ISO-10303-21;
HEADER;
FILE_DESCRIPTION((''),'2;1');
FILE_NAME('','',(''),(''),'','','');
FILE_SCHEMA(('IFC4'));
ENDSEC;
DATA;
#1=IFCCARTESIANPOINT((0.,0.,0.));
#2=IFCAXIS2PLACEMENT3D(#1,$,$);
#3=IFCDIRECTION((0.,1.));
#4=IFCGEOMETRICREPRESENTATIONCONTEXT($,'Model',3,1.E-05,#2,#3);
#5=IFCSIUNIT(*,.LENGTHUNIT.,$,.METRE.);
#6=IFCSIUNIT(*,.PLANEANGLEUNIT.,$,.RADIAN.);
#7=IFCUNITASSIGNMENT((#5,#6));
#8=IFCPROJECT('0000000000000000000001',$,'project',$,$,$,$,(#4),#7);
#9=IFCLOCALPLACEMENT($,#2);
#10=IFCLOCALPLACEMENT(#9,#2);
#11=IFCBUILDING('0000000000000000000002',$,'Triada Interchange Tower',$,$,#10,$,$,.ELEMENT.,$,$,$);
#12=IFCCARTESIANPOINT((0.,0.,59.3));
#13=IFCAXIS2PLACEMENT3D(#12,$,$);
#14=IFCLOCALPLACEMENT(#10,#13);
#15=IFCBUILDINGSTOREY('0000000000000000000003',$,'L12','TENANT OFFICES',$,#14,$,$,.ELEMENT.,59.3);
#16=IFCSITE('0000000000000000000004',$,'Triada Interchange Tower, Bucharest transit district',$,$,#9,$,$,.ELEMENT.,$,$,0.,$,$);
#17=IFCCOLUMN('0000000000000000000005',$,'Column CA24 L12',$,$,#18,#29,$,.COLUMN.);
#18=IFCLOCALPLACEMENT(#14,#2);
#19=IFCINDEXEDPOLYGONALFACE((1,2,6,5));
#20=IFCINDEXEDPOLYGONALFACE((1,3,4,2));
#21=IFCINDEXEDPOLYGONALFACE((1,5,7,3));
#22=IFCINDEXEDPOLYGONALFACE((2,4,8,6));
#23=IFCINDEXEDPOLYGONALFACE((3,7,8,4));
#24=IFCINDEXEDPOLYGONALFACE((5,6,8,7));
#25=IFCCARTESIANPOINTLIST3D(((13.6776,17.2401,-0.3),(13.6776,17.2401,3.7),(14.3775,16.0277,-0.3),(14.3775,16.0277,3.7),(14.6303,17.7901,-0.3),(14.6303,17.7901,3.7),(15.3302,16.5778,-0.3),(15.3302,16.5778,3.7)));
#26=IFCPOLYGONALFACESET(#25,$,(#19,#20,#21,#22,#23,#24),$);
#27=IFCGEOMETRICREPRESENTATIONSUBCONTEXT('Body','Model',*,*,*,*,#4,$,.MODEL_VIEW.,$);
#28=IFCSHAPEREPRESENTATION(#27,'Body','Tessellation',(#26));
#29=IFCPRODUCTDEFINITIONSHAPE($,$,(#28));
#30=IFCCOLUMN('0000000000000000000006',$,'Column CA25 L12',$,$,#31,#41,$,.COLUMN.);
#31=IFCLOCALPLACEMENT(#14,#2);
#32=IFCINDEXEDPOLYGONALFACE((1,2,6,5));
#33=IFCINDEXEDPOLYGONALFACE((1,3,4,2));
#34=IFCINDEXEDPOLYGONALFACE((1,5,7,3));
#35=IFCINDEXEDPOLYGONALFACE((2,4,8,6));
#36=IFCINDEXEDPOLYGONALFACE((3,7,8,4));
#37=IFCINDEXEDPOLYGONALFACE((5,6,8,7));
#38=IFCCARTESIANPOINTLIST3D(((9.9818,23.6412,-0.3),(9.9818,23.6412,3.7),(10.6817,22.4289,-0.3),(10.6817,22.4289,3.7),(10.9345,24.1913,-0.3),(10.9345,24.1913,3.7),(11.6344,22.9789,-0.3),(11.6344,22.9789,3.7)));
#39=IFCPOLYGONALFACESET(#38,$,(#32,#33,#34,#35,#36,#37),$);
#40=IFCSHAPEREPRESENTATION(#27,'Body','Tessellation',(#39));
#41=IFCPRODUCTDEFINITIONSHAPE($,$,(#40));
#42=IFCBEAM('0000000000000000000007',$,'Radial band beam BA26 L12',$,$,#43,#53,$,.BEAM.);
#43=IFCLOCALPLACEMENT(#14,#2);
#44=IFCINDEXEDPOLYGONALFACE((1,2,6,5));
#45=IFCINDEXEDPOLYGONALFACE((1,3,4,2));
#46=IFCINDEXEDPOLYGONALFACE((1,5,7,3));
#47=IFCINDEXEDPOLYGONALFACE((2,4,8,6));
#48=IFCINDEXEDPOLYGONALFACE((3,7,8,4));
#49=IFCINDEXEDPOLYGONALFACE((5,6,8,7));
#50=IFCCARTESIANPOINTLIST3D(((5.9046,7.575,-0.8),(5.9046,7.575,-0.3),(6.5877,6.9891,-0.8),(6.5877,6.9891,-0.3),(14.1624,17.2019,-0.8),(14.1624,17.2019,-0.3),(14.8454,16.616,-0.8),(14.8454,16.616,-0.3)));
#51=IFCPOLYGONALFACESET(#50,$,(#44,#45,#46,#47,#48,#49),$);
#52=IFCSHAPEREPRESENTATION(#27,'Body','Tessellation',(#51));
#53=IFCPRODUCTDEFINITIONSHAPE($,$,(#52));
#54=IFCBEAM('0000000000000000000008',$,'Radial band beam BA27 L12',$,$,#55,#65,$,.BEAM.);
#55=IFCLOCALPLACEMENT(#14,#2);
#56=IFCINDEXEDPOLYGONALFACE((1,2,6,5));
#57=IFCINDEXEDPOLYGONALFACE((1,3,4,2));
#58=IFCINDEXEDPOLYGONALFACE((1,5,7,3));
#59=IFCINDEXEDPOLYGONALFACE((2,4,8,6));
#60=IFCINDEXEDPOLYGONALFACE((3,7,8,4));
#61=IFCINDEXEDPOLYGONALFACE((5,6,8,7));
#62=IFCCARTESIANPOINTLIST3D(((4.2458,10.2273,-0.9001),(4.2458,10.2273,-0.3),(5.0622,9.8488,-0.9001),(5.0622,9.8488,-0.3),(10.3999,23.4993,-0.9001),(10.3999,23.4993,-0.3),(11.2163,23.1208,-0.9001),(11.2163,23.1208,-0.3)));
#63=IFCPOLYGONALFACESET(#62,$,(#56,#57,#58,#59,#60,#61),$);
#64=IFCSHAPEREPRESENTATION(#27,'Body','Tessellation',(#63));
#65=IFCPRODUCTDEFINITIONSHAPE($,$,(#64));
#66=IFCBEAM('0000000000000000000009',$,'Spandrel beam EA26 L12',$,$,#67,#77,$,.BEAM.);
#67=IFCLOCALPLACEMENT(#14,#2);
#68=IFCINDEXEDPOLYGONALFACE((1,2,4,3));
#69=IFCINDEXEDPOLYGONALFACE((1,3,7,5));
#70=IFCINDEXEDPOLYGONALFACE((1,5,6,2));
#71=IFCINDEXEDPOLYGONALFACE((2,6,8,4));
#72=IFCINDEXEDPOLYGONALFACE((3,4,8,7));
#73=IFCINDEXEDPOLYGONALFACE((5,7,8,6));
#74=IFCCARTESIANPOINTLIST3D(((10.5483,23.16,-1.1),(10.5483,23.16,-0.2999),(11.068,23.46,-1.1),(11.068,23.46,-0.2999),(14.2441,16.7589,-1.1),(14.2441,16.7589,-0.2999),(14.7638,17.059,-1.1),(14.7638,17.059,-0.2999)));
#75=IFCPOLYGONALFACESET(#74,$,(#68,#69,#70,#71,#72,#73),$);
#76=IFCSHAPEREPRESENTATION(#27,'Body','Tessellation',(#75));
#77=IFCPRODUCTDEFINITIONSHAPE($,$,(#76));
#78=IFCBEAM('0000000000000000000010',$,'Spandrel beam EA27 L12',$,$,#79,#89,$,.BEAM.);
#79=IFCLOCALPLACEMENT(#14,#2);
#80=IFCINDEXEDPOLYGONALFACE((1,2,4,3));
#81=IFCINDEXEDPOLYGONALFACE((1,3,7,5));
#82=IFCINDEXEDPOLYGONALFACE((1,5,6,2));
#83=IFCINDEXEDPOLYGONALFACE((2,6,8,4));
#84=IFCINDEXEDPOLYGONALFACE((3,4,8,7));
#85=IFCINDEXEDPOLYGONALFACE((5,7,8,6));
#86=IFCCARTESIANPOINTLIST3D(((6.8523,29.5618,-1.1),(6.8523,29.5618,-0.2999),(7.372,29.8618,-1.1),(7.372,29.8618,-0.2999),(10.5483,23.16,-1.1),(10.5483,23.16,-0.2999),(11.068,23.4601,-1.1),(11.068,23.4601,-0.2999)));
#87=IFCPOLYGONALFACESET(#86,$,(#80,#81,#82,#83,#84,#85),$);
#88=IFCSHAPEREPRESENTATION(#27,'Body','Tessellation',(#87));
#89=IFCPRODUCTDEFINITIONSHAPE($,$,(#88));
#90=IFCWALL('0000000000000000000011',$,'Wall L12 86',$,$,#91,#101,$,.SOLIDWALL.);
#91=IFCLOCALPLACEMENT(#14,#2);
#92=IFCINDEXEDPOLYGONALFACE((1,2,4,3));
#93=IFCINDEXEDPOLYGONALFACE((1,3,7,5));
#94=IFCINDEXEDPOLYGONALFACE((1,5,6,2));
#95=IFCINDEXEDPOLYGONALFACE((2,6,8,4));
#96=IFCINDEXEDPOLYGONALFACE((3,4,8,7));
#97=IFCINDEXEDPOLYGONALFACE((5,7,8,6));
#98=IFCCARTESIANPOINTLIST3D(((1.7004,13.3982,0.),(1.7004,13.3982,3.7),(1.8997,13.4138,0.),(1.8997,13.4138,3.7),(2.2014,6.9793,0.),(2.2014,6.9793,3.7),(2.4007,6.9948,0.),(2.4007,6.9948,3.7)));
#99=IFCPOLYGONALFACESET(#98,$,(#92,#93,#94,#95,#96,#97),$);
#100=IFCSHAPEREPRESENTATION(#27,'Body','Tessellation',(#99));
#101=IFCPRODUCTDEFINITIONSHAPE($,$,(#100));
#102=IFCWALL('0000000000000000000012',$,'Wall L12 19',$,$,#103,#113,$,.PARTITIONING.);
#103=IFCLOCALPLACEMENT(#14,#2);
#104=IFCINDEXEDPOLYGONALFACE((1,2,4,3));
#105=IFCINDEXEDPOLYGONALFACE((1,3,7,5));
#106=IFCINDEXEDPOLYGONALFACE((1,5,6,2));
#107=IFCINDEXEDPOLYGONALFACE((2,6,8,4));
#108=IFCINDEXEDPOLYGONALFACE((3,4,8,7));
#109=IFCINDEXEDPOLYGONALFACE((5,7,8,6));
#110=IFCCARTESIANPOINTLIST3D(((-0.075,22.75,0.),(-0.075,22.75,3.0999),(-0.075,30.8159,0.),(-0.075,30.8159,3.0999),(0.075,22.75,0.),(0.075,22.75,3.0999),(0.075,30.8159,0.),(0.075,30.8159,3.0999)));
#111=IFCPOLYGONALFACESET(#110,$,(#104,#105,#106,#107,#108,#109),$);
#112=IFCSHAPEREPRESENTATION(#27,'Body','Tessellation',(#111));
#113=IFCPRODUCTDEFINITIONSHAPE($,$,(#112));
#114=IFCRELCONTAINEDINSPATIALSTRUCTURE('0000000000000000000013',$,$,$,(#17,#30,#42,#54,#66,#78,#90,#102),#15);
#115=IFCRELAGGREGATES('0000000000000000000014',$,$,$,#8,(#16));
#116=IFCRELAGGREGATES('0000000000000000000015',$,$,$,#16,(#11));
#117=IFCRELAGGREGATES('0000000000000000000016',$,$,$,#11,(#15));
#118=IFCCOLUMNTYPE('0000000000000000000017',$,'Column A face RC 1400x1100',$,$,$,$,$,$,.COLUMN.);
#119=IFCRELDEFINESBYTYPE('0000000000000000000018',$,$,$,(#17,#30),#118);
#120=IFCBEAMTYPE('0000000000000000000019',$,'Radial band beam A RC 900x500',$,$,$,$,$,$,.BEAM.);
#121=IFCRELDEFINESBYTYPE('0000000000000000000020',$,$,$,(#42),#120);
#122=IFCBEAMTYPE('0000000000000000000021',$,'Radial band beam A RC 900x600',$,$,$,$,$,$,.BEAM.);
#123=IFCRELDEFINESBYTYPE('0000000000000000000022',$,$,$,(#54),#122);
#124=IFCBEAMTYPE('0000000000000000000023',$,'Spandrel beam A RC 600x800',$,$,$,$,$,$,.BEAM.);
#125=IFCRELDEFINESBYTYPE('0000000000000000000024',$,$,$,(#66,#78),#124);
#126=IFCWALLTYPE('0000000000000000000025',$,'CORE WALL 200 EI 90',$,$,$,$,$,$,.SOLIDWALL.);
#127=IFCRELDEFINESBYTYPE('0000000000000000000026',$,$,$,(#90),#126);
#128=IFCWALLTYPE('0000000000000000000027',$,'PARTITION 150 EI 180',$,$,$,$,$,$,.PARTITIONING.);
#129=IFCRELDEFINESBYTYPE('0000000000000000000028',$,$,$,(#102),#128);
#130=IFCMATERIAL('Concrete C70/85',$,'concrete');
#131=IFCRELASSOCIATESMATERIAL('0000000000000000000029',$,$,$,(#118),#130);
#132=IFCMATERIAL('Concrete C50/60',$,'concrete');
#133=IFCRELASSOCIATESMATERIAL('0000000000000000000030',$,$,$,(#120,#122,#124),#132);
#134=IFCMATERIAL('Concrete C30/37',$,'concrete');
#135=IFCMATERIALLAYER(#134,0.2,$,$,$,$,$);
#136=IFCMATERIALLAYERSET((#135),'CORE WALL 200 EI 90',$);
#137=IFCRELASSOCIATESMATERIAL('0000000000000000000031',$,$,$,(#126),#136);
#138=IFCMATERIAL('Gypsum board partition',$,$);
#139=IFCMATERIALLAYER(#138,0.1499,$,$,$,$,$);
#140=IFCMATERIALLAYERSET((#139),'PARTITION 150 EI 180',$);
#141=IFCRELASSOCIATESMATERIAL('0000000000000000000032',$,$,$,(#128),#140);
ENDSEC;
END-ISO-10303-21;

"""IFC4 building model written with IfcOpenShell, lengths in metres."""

from ifc_helpers import new_model, si_unit, direction, frame, frame_2d, origin, origin_2d, place, context, subcontext, project, spatial, rectangle, extrude, material, layer, layer_set, material_profile, profile_set, type_object, element, save


model = new_model("IFC4")

# Units and contexts
model_context = context("Model", 3, precision=1e-05, world=origin(), true_north=direction((0.0, 1.0)))
body_context = subcontext(model_context, "Body", "Model", "MODEL_VIEW")
ifc_project = project(units=[si_unit("LENGTHUNIT", "METRE"), si_unit("PLANEANGLEUNIT", "RADIAN")], contexts=[model_context])

# Site, building, storey
site_placement = place(None, origin())
site = spatial("IfcSite", under=ifc_project, at=site_placement, Name="Triada Interchange Tower, Bucharest transit district", CompositionType="ELEMENT", RefElevation=0.0)
building_placement = place(site_placement, origin())
building = spatial("IfcBuilding", under=site, at=building_placement, Name="Triada Interchange Tower", CompositionType="ELEMENT")
storey_placement = place(building_placement, frame((0.0, 0.0, 59.3)))
storey = spatial("IfcBuildingStorey", under=building, at=storey_placement, Name="L12", Description="TENANT OFFICES", CompositionType="ELEMENT", Elevation=59.3)

# Columns
ifc_material_1 = material(Name="Concrete C70/85", Category="concrete")
ifc_material_profile_1 = material_profile(ifc_material_1, rectangle(XDim=1.3999, YDim=1.1001, at=origin_2d()), Name="RC 1400x1100")
ifc_profile_set_1 = profile_set([ifc_material_profile_1], Name="Concrete C70/85")
column_type = type_object("IfcColumnType", Name="Column A face RC 1400x1100", PredefinedType="COLUMN", material=ifc_profile_set_1)
for number, where, z_axis, x_axis, name in (
    (1, (14.5039, 16.9089, -0.3), (0.0, 0.0, 1.0), (-0.5, 0.866025, 0.0), "Column CA24 L12"),
    (2, (10.8081, 23.3101, -0.3), (0.0, 0.0, 1.0), (-0.5, 0.866025, 0.0), "Column CA25 L12"),
):
    element("IfcColumn", number, at=place(storey_placement, frame(where, z_axis=z_axis, x_axis=x_axis)), inside=storey, type_object=column_type, Name=name, PredefinedType="COLUMN", context=body_context, shape_type="SweptSolid", body=[
        extrude(rectangle(XDim=1.3999, YDim=1.1001, at=origin_2d()), origin(), (0.0, 0.0, 1.0), 4.0),
    ])

# Beams
ifc_material_2 = material(Name="Concrete C50/60", Category="concrete")
ifc_material_profile_2 = material_profile(ifc_material_2, rectangle(XDim=0.8999, YDim=0.5, at=origin_2d()), Name="RC 900x500")
ifc_profile_set_2 = profile_set([ifc_material_profile_2], Name="Concrete C50/60")
beam_type_1 = type_object("IfcBeamType", Name="Radial band beam A RC 900x500", PredefinedType="BEAM", material=ifc_profile_set_2)
beam_1_placement = place(storey_placement, frame((14.5039, 16.9089, -0.55), z_axis=(-0.65107, -0.759017, 0.0), x_axis=(0.759017, -0.65107, 0.0)))
element("IfcBeam", 3, at=beam_1_placement, inside=storey, type_object=beam_type_1, Name="Radial band beam BA26 L12", PredefinedType="BEAM", context=body_context, shape_type="SweptSolid", body=[
    extrude(rectangle(XDim=0.8999, YDim=0.5, at=origin_2d()), origin(), (0.0, 0.0, 1.0), 12.6833),
])
ifc_material_profile_3 = material_profile(ifc_material_2, rectangle(XDim=0.8999, YDim=0.6001, at=origin_2d()), Name="RC 900x600")
ifc_profile_set_3 = profile_set([ifc_material_profile_3], Name="Concrete C50/60")
beam_type_2 = type_object("IfcBeamType", Name="Radial band beam A RC 900x600", PredefinedType="BEAM", material=ifc_profile_set_3)
beam_2_placement = place(storey_placement, frame((10.8081, 23.3101, -0.6001), z_axis=(-0.420665, -0.907216, 0.0), x_axis=(0.907216, -0.420665, 0.0)))
element("IfcBeam", 4, at=beam_2_placement, inside=storey, type_object=beam_type_2, Name="Radial band beam BA27 L12", PredefinedType="BEAM", context=body_context, shape_type="SweptSolid", body=[
    extrude(rectangle(XDim=0.8999, YDim=0.6001, at=origin_2d()), origin(), (0.0, 0.0, 1.0), 14.6294),
])
ifc_material_profile_4 = material_profile(ifc_material_2, rectangle(XDim=0.6001, YDim=0.8, at=origin_2d()), Name="RC 600x800")
ifc_profile_set_4 = profile_set([ifc_material_profile_4], Name="Concrete C50/60")
beam_type_3 = type_object("IfcBeamType", Name="Spandrel beam A RC 600x800", PredefinedType="BEAM", material=ifc_profile_set_4)
beam_3_placement = place(storey_placement, frame((14.5039, 16.9089, -0.7), z_axis=(-0.500011, 0.866019, 0.0), x_axis=(-0.866019, -0.500011, 0.0)))
element("IfcBeam", 5, at=beam_3_placement, inside=storey, type_object=beam_type_3, Name="Spandrel beam EA26 L12", PredefinedType="BEAM", context=body_context, shape_type="SweptSolid", body=[
    extrude(rectangle(XDim=0.6001, YDim=0.8, at=origin_2d()), origin(), (0.0, 0.0, 1.0), 7.3914),
])
beam_4_placement = place(storey_placement, frame((10.8081, 23.3101, -0.7), z_axis=(-0.499993, 0.866029, 0.0), x_axis=(-0.866029, -0.499993, 0.0)))
element("IfcBeam", 6, at=beam_4_placement, inside=storey, type_object=beam_type_3, Name="Spandrel beam EA27 L12", PredefinedType="BEAM", context=body_context, shape_type="SweptSolid", body=[
    extrude(rectangle(XDim=0.6001, YDim=0.8, at=origin_2d()), origin(), (0.0, 0.0, 1.0), 7.3921),
])

# Wall
ifc_material_3 = material(Name="Concrete C30/37", Category="concrete")
ifc_layer_1 = layer(ifc_material_3, 0.2)
ifc_layer_set_1 = layer_set([ifc_layer_1], Name="CORE WALL 200 EI 90")
wall_type_1 = type_object("IfcWallType", Name="CORE WALL 200 EI 90", PredefinedType="SOLIDWALL", material=ifc_layer_set_1)
wall_1_placement = place(storey_placement, frame((1.8, 13.406, 0.0), z_axis=(0.0, 0.0, 1.0), x_axis=(0.07781, -0.996968, 0.0)))
element("IfcWall", 7, at=wall_1_placement, inside=storey, type_object=wall_type_1, Name="Wall L12 86", PredefinedType="SOLIDWALL", context=body_context, shape_type="SweptSolid", body=[
    extrude(rectangle(XDim=6.4385, YDim=0.2, at=frame_2d((3.2192, 0.0))), origin(), (0.0, 0.0, 1.0), 3.7),
])

# Wall
ifc_material_4 = material(Name="Gypsum board partition")
ifc_layer_2 = layer(ifc_material_4, 0.1499)
ifc_layer_set_2 = layer_set([ifc_layer_2], Name="PARTITION 150 EI 180")
wall_type_2 = type_object("IfcWallType", Name="PARTITION 150 EI 180", PredefinedType="PARTITIONING", material=ifc_layer_set_2)
wall_2_placement = place(storey_placement, frame((0.0, 22.75, 0.0), z_axis=(0.0, 0.0, 1.0), x_axis=(0.0, 1.0, 0.0)))
element("IfcWall", 8, at=wall_2_placement, inside=storey, type_object=wall_type_2, Name="Wall L12 19", PredefinedType="PARTITIONING", context=body_context, shape_type="SweptSolid", body=[
    extrude(rectangle(XDim=8.0659, YDim=0.1499, at=frame_2d((4.033, 0.0))), origin(), (0.0, 0.0, 1.0), 3.0999),
])

save(model, "model.ifc")
